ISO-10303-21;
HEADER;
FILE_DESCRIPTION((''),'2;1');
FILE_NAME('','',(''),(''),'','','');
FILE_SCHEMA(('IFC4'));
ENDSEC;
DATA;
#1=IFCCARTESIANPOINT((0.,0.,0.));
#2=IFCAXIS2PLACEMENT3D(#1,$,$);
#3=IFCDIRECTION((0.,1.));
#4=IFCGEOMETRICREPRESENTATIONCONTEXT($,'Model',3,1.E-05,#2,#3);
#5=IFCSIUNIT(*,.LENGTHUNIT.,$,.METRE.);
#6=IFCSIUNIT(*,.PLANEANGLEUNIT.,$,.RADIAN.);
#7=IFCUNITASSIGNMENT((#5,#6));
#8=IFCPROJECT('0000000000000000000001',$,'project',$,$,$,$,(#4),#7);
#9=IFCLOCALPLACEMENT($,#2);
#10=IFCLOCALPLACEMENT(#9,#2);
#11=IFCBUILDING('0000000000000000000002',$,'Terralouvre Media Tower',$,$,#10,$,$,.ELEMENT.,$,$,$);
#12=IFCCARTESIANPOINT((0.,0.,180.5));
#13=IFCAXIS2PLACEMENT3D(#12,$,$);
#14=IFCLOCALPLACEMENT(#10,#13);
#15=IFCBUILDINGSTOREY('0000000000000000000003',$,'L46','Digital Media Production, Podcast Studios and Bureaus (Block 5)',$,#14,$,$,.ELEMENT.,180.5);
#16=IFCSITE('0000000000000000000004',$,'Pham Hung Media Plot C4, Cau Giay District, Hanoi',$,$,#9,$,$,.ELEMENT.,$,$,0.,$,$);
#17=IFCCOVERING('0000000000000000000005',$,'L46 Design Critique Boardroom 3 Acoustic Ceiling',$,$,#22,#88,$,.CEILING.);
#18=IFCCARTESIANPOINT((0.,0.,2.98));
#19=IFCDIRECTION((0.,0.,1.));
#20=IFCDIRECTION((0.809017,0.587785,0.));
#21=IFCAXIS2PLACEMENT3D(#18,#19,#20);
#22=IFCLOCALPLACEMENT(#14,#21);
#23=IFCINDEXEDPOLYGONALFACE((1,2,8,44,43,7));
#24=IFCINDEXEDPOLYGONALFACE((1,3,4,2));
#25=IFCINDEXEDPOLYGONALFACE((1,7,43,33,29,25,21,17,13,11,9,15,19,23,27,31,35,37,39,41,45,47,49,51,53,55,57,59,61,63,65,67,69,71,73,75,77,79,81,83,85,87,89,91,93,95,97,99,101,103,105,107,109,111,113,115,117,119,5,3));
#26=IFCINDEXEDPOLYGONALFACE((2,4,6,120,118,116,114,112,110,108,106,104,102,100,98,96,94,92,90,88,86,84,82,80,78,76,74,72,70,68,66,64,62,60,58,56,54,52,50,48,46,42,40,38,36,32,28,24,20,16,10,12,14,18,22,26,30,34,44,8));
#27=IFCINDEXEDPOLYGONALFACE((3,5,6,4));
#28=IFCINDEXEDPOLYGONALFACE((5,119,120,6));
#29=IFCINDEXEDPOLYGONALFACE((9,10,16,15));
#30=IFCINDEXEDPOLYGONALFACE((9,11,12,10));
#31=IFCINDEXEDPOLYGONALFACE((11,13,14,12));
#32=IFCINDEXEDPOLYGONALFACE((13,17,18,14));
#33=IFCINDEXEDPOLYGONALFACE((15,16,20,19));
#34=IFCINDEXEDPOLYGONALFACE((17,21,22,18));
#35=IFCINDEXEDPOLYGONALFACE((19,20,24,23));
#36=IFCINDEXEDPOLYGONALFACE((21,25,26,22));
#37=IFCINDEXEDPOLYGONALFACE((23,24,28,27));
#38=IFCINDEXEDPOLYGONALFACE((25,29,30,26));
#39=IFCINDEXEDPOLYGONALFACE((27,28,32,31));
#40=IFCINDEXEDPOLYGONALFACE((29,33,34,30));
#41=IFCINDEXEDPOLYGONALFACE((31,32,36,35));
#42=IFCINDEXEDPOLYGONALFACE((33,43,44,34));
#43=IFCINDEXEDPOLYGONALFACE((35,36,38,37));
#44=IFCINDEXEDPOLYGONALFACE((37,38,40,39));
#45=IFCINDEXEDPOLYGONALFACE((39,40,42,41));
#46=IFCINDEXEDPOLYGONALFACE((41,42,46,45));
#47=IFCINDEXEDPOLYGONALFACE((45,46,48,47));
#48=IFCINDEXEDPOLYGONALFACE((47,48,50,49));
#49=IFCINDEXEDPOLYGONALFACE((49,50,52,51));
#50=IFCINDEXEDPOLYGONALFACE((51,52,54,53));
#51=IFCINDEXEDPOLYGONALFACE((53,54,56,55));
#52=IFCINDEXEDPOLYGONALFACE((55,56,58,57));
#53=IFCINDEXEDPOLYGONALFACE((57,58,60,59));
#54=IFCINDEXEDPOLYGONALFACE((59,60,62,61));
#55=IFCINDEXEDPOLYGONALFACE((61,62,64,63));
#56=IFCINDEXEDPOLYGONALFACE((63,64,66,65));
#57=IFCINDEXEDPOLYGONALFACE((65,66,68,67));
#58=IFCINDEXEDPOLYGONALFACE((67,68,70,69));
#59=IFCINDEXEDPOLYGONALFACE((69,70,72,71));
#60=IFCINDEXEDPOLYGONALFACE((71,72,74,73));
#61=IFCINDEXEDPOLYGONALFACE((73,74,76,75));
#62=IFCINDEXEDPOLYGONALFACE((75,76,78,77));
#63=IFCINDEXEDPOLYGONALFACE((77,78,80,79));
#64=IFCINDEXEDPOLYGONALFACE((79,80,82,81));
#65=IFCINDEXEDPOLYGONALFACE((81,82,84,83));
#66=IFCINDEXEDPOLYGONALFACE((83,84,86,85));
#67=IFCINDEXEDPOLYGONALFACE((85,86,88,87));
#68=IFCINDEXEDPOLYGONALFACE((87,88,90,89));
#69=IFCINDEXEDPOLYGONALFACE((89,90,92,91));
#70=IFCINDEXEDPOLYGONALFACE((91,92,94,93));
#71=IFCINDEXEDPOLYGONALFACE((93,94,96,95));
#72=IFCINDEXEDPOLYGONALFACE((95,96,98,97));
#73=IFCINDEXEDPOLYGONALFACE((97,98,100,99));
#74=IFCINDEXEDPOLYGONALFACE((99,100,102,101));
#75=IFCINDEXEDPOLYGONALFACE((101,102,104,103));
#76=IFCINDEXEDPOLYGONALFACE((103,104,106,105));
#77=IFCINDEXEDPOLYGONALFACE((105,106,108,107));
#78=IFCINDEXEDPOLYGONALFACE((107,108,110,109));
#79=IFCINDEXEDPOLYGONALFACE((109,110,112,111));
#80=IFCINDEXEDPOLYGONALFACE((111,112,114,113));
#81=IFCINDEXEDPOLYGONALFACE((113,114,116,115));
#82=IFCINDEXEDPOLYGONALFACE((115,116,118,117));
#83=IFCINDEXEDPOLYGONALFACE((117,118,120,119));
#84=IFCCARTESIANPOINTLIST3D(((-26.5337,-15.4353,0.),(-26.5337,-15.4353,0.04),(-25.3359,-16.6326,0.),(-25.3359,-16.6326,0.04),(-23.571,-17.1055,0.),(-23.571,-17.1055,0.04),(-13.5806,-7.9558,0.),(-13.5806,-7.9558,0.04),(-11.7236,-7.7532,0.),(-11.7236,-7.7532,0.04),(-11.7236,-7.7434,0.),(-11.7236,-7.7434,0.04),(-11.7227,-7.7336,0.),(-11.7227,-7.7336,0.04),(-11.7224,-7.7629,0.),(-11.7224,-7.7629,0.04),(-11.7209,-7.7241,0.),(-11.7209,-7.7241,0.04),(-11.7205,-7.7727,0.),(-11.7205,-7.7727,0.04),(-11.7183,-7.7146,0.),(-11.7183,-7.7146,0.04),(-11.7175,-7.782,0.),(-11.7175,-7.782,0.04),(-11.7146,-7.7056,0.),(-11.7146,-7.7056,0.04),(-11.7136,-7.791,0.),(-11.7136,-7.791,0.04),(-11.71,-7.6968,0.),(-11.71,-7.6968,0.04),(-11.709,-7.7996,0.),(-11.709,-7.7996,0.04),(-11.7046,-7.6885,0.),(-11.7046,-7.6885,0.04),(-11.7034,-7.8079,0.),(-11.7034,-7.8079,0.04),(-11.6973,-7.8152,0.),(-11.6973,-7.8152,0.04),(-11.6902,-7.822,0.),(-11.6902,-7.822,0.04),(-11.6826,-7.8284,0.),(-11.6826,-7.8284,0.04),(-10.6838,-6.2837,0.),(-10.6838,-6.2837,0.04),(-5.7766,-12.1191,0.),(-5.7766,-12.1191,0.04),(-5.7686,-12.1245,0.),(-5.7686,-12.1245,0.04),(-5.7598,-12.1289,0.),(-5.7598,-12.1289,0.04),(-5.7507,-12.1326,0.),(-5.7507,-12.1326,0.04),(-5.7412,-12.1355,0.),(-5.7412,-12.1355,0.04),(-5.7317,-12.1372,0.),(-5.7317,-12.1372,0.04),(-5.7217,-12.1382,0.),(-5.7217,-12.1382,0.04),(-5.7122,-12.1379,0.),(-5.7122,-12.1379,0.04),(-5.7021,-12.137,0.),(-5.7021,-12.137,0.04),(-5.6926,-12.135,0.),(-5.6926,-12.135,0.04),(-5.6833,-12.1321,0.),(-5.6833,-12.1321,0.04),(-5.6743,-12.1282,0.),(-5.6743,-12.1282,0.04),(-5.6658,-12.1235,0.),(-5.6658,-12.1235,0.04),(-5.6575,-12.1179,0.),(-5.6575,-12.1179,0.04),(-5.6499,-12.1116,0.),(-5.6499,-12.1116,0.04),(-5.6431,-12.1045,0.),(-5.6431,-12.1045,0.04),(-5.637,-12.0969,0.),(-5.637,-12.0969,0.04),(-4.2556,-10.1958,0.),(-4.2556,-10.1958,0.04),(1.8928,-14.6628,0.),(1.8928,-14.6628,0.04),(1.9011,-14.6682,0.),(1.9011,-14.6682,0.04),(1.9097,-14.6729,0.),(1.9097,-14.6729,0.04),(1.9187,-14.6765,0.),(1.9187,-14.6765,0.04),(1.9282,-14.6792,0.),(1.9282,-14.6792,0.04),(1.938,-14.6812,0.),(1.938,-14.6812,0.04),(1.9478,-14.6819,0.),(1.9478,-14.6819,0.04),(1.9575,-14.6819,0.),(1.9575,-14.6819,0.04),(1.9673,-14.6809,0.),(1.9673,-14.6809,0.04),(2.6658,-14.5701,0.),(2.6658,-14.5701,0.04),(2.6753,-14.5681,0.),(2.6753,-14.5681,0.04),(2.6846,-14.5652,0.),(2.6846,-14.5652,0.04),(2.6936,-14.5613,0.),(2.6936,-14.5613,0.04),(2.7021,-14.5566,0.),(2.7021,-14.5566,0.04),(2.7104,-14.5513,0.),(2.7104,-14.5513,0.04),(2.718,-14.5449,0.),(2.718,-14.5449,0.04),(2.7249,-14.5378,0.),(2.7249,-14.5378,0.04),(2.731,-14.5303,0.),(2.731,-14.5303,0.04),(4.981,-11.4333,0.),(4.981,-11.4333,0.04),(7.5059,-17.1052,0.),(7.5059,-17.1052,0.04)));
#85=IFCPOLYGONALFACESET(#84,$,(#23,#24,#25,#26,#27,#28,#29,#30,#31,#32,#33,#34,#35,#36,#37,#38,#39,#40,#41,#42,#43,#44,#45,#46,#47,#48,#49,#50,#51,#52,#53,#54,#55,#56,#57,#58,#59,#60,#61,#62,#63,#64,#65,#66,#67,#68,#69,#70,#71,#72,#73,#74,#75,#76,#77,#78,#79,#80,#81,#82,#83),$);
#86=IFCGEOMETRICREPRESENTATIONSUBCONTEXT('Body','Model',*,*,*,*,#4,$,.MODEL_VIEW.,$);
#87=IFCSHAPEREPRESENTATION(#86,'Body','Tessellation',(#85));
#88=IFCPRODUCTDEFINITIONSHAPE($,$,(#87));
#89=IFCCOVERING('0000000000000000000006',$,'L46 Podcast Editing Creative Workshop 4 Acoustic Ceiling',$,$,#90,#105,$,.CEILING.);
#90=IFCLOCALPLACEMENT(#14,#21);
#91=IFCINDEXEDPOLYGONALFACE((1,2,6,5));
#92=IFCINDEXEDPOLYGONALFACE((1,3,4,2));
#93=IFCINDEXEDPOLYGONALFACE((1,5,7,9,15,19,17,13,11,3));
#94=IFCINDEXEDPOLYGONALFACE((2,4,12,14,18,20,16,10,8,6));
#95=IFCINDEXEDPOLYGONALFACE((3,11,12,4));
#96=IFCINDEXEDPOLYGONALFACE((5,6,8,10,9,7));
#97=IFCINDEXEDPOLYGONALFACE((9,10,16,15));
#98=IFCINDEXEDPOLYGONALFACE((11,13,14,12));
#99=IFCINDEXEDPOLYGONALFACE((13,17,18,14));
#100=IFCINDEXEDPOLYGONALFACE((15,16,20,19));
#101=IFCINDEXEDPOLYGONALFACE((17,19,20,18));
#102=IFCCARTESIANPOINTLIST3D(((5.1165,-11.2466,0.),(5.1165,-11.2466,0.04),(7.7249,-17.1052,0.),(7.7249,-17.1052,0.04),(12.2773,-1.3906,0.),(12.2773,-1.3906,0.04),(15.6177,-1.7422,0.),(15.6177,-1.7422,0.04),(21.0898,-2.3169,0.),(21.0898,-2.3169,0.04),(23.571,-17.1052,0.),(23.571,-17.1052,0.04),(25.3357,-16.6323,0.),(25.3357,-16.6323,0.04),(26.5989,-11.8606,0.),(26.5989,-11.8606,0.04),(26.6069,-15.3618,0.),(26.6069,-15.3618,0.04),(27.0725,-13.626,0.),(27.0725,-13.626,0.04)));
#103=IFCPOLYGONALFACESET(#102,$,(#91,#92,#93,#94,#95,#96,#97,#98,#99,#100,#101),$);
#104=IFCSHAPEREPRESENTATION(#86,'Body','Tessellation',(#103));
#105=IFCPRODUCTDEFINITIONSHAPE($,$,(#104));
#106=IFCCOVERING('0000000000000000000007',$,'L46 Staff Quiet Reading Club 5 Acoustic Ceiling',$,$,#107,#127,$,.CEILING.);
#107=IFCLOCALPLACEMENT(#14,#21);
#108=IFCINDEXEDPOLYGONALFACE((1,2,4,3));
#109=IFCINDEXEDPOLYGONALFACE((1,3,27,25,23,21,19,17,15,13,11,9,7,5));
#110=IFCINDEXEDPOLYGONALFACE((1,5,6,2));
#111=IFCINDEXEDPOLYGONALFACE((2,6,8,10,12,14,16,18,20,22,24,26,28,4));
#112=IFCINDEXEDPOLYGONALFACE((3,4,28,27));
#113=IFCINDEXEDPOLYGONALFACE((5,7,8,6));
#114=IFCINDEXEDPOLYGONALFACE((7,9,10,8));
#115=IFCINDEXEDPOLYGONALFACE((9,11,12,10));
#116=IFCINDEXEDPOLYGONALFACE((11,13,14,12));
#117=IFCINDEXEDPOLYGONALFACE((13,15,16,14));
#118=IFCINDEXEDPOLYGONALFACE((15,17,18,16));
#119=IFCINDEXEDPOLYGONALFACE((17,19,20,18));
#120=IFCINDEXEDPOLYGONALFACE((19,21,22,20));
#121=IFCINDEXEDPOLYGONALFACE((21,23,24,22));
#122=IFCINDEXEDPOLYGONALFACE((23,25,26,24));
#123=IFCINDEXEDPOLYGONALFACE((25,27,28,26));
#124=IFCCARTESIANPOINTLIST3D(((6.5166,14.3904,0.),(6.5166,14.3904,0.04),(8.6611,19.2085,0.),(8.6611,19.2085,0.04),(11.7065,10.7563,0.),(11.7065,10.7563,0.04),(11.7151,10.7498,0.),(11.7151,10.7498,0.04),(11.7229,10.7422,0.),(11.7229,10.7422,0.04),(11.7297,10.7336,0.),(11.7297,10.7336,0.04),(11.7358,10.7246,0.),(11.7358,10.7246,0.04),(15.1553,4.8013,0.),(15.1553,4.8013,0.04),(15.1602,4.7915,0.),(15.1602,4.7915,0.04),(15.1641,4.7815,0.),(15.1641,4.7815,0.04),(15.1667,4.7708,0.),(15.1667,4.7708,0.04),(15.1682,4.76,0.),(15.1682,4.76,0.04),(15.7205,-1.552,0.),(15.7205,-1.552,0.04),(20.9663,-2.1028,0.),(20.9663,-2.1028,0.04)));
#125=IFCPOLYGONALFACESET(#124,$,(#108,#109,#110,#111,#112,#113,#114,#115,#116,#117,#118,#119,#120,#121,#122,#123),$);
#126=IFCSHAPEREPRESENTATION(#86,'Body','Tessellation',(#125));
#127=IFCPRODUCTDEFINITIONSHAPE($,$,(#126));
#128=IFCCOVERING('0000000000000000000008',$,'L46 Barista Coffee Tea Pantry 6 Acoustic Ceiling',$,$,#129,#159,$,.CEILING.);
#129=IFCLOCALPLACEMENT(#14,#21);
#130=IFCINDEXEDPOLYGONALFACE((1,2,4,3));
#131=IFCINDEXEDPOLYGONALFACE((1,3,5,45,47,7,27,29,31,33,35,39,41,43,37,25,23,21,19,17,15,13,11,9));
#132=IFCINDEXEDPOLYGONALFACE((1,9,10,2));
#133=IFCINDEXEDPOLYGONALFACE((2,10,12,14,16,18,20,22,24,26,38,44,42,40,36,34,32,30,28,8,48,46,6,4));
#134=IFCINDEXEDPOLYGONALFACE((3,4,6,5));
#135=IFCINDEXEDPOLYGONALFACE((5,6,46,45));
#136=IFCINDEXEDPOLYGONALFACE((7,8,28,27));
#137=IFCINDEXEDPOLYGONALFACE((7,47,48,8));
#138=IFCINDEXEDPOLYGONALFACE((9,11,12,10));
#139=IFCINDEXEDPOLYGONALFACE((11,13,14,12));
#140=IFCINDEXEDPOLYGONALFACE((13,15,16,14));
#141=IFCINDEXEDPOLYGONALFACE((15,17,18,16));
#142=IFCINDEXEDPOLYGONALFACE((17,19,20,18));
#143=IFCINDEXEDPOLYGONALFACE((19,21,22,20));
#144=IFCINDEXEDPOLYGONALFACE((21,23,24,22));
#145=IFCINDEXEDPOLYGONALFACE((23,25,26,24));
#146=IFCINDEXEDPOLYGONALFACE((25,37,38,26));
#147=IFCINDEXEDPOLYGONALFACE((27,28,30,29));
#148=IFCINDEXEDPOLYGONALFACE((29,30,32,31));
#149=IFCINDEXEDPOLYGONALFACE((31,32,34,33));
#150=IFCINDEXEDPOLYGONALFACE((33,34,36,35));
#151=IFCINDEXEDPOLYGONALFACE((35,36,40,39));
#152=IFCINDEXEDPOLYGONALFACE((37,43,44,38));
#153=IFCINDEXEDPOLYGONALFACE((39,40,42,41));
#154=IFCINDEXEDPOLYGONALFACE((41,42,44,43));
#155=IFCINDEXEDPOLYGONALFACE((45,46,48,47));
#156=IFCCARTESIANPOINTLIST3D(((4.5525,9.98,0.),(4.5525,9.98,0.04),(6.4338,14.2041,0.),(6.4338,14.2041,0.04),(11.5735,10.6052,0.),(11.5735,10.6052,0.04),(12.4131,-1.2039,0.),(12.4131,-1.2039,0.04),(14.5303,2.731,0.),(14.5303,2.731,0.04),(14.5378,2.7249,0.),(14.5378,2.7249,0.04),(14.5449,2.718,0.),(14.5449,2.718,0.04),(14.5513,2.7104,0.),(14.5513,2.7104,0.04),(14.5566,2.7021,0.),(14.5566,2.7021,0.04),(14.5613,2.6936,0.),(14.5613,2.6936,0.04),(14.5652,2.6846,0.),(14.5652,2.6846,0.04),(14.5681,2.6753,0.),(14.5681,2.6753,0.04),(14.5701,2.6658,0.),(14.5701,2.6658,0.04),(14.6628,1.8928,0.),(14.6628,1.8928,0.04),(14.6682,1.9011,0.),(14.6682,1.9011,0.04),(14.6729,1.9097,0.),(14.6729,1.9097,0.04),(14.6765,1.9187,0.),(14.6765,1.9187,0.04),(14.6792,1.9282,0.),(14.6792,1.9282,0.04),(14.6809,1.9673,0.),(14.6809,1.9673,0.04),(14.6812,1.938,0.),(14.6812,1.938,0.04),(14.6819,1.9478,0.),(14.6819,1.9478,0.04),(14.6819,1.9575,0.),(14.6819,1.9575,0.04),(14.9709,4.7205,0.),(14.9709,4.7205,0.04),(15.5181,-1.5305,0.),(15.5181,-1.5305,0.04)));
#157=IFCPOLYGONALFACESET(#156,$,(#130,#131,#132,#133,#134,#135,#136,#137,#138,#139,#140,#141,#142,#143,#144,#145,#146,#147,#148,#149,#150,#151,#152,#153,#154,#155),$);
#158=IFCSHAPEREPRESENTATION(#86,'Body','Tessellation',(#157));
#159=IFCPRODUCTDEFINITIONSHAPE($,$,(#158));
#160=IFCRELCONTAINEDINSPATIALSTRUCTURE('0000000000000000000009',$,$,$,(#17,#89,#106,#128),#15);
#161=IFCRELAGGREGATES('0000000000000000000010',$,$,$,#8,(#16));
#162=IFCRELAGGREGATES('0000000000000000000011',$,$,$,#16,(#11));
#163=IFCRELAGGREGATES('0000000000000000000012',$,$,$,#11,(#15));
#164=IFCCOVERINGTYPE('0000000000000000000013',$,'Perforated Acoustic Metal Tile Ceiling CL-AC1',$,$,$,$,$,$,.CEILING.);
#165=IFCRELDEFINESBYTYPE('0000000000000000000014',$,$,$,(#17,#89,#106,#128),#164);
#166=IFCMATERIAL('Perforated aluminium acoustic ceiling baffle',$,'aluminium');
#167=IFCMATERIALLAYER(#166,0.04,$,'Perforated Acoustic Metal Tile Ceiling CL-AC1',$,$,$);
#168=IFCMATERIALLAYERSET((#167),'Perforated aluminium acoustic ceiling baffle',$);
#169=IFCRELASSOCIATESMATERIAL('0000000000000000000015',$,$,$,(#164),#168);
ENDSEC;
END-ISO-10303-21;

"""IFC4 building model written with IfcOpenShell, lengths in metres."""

from ifc_helpers import new_model, si_unit, direction, frame, origin, place, context, subcontext, project, spatial, polyline, outline, extrude, material, layer, layer_set, type_object, element, save


model = new_model("IFC4")

# Units and contexts
model_context = context("Model", 3, precision=1e-05, world=origin(), true_north=direction((0.0, 1.0)))
body_context = subcontext(model_context, "Body", "Model", "MODEL_VIEW")
ifc_project = project(units=[si_unit("LENGTHUNIT", "METRE"), si_unit("PLANEANGLEUNIT", "RADIAN")], contexts=[model_context])

# Site, building, storey
site_placement = place(None, origin())
site = spatial("IfcSite", under=ifc_project, at=site_placement, Name="Pham Hung Media Plot C4, Cau Giay District, Hanoi", CompositionType="ELEMENT", RefElevation=0.0)
building_placement = place(site_placement, origin())
building = spatial("IfcBuilding", under=site, at=building_placement, Name="Terralouvre Media Tower", CompositionType="ELEMENT")
storey_placement = place(building_placement, frame((0.0, 0.0, 180.5)))
storey = spatial("IfcBuildingStorey", under=building, at=storey_placement, Name="L46", Description="Digital Media Production, Podcast Studios and Bureaus (Block 5)", CompositionType="ELEMENT", Elevation=180.5)

# Coverings
ifc_material_1 = material(Name="Perforated aluminium acoustic ceiling baffle", Category="aluminium")
ifc_layer_1 = layer(ifc_material_1, 0.04, Name="Perforated Acoustic Metal Tile Ceiling CL-AC1")
ifc_layer_set_1 = layer_set([ifc_layer_1], Name="Perforated aluminium acoustic ceiling baffle")
covering_type_1 = type_object("IfcCoveringType", Name="Perforated Acoustic Metal Tile Ceiling CL-AC1", PredefinedType="CEILING", material=ifc_layer_set_1)
covering_1_placement = place(storey_placement, frame((0.0, 0.0, 2.98), z_axis=(0.0, 0.0, 1.0), x_axis=(0.809017, 0.587785, 0.0)))
element("IfcCovering", 1, at=covering_1_placement, inside=storey, type_object=covering_type_1, Name="L46 Design Critique Boardroom 3 Acoustic Ceiling", PredefinedType="CEILING", context=body_context, shape_type="SweptSolid", body=[
    extrude(outline(polyline([(2.731, -14.5303), (2.7249, -14.5378), (2.718, -14.5449), (2.7104, -14.5513), (2.7021, -14.5566), (2.6936, -14.5613), (2.6846, -14.5652), (2.6753, -14.5681), (2.6658, -14.5701), (1.9673, -14.6809), (1.9575, -14.6819), (1.9478, -14.6819), (1.938, -14.6812), (1.9282, -14.6792), (1.9187, -14.6765), (1.9097, -14.6729), (1.9011, -14.6682), (1.8928, -14.6628), (-4.2556, -10.1958), (-5.637, -12.0969), (-5.6431, -12.1045), (-5.6499, -12.1116), (-5.6575, -12.1179), (-5.6658, -12.1235), (-5.6743, -12.1282), (-5.6833, -12.1321), (-5.6926, -12.135), (-5.7021, -12.137), (-5.7122, -12.1379), (-5.7217, -12.1382), (-5.7317, -12.1372), (-5.7412, -12.1355), (-5.7507, -12.1326), (-5.7598, -12.1289), (-5.7686, -12.1245), (-5.7766, -12.1191), (-11.6826, -7.8284), (-11.6902, -7.822), (-11.6973, -7.8152), (-11.7034, -7.8079), (-11.709, -7.7996), (-11.7136, -7.791), (-11.7175, -7.782), (-11.7205, -7.7727), (-11.7224, -7.7629), (-11.7236, -7.7532), (-11.7236, -7.7434), (-11.7227, -7.7336), (-11.7209, -7.7241), (-11.7183, -7.7146), (-11.7146, -7.7056), (-11.71, -7.6968), (-11.7046, -7.6885), (-10.6838, -6.2837), (-13.5806, -7.9558), (-26.5337, -15.4353), (-25.3359, -16.6326), (-23.571, -17.1055), (7.5059, -17.1052), (4.981, -11.4333), (2.731, -14.5303)])), origin(), (0.0, 0.0, 1.0), 0.04),
])
covering_2_placement = place(storey_placement, frame((0.0, 0.0, 2.98), z_axis=(0.0, 0.0, 1.0), x_axis=(0.809017, 0.587785, 0.0)))
element("IfcCovering", 2, at=covering_2_placement, inside=storey, type_object=covering_type_1, Name="L46 Podcast Editing Creative Workshop 4 Acoustic Ceiling", PredefinedType="CEILING", context=body_context, shape_type="SweptSolid", body=[
    extrude(outline(polyline([(12.2773, -1.3906), (5.1165, -11.2466), (7.7249, -17.1052), (23.571, -17.1052), (25.3357, -16.6323), (26.6069, -15.3618), (27.0725, -13.626), (26.5989, -11.8606), (21.0898, -2.3169), (15.6177, -1.7422), (12.2773, -1.3906)])), origin(), (0.0, 0.0, 1.0), 0.04),
])
covering_3_placement = place(storey_placement, frame((0.0, 0.0, 2.98), z_axis=(0.0, 0.0, 1.0), x_axis=(0.809017, 0.587785, 0.0)))
element("IfcCovering", 3, at=covering_3_placement, inside=storey, type_object=covering_type_1, Name="L46 Staff Quiet Reading Club 5 Acoustic Ceiling", PredefinedType="CEILING", context=body_context, shape_type="SweptSolid", body=[
    extrude(outline(polyline([(11.7065, 10.7563), (11.7151, 10.7498), (11.7229, 10.7422), (11.7297, 10.7336), (11.7358, 10.7246), (15.1553, 4.8013), (15.1602, 4.7915), (15.1641, 4.7815), (15.1667, 4.7708), (15.1682, 4.76), (15.7205, -1.552), (20.9663, -2.1028), (8.6611, 19.2085), (6.5166, 14.3904), (11.7065, 10.7563)])), origin(), (0.0, 0.0, 1.0), 0.04),
])
covering_4_placement = place(storey_placement, frame((0.0, 0.0, 2.98), z_axis=(0.0, 0.0, 1.0), x_axis=(0.809017, 0.587785, 0.0)))
element("IfcCovering", 4, at=covering_4_placement, inside=storey, type_object=covering_type_1, Name="L46 Barista Coffee Tea Pantry 6 Acoustic Ceiling", PredefinedType="CEILING", context=body_context, shape_type="SweptSolid", body=[
    extrude(outline(polyline([(14.9709, 4.7205), (11.5735, 10.6052), (6.4338, 14.2041), (4.5525, 9.98), (14.5303, 2.731), (14.5378, 2.7249), (14.5449, 2.718), (14.5513, 2.7104), (14.5566, 2.7021), (14.5613, 2.6936), (14.5652, 2.6846), (14.5681, 2.6753), (14.5701, 2.6658), (14.6809, 1.9673), (14.6819, 1.9575), (14.6819, 1.9478), (14.6812, 1.938), (14.6792, 1.9282), (14.6765, 1.9187), (14.6729, 1.9097), (14.6682, 1.9011), (14.6628, 1.8928), (12.4131, -1.2039), (15.5181, -1.5305), (14.9709, 4.7205)])), origin(), (0.0, 0.0, 1.0), 0.04),
])

save(model, "model.ifc")
